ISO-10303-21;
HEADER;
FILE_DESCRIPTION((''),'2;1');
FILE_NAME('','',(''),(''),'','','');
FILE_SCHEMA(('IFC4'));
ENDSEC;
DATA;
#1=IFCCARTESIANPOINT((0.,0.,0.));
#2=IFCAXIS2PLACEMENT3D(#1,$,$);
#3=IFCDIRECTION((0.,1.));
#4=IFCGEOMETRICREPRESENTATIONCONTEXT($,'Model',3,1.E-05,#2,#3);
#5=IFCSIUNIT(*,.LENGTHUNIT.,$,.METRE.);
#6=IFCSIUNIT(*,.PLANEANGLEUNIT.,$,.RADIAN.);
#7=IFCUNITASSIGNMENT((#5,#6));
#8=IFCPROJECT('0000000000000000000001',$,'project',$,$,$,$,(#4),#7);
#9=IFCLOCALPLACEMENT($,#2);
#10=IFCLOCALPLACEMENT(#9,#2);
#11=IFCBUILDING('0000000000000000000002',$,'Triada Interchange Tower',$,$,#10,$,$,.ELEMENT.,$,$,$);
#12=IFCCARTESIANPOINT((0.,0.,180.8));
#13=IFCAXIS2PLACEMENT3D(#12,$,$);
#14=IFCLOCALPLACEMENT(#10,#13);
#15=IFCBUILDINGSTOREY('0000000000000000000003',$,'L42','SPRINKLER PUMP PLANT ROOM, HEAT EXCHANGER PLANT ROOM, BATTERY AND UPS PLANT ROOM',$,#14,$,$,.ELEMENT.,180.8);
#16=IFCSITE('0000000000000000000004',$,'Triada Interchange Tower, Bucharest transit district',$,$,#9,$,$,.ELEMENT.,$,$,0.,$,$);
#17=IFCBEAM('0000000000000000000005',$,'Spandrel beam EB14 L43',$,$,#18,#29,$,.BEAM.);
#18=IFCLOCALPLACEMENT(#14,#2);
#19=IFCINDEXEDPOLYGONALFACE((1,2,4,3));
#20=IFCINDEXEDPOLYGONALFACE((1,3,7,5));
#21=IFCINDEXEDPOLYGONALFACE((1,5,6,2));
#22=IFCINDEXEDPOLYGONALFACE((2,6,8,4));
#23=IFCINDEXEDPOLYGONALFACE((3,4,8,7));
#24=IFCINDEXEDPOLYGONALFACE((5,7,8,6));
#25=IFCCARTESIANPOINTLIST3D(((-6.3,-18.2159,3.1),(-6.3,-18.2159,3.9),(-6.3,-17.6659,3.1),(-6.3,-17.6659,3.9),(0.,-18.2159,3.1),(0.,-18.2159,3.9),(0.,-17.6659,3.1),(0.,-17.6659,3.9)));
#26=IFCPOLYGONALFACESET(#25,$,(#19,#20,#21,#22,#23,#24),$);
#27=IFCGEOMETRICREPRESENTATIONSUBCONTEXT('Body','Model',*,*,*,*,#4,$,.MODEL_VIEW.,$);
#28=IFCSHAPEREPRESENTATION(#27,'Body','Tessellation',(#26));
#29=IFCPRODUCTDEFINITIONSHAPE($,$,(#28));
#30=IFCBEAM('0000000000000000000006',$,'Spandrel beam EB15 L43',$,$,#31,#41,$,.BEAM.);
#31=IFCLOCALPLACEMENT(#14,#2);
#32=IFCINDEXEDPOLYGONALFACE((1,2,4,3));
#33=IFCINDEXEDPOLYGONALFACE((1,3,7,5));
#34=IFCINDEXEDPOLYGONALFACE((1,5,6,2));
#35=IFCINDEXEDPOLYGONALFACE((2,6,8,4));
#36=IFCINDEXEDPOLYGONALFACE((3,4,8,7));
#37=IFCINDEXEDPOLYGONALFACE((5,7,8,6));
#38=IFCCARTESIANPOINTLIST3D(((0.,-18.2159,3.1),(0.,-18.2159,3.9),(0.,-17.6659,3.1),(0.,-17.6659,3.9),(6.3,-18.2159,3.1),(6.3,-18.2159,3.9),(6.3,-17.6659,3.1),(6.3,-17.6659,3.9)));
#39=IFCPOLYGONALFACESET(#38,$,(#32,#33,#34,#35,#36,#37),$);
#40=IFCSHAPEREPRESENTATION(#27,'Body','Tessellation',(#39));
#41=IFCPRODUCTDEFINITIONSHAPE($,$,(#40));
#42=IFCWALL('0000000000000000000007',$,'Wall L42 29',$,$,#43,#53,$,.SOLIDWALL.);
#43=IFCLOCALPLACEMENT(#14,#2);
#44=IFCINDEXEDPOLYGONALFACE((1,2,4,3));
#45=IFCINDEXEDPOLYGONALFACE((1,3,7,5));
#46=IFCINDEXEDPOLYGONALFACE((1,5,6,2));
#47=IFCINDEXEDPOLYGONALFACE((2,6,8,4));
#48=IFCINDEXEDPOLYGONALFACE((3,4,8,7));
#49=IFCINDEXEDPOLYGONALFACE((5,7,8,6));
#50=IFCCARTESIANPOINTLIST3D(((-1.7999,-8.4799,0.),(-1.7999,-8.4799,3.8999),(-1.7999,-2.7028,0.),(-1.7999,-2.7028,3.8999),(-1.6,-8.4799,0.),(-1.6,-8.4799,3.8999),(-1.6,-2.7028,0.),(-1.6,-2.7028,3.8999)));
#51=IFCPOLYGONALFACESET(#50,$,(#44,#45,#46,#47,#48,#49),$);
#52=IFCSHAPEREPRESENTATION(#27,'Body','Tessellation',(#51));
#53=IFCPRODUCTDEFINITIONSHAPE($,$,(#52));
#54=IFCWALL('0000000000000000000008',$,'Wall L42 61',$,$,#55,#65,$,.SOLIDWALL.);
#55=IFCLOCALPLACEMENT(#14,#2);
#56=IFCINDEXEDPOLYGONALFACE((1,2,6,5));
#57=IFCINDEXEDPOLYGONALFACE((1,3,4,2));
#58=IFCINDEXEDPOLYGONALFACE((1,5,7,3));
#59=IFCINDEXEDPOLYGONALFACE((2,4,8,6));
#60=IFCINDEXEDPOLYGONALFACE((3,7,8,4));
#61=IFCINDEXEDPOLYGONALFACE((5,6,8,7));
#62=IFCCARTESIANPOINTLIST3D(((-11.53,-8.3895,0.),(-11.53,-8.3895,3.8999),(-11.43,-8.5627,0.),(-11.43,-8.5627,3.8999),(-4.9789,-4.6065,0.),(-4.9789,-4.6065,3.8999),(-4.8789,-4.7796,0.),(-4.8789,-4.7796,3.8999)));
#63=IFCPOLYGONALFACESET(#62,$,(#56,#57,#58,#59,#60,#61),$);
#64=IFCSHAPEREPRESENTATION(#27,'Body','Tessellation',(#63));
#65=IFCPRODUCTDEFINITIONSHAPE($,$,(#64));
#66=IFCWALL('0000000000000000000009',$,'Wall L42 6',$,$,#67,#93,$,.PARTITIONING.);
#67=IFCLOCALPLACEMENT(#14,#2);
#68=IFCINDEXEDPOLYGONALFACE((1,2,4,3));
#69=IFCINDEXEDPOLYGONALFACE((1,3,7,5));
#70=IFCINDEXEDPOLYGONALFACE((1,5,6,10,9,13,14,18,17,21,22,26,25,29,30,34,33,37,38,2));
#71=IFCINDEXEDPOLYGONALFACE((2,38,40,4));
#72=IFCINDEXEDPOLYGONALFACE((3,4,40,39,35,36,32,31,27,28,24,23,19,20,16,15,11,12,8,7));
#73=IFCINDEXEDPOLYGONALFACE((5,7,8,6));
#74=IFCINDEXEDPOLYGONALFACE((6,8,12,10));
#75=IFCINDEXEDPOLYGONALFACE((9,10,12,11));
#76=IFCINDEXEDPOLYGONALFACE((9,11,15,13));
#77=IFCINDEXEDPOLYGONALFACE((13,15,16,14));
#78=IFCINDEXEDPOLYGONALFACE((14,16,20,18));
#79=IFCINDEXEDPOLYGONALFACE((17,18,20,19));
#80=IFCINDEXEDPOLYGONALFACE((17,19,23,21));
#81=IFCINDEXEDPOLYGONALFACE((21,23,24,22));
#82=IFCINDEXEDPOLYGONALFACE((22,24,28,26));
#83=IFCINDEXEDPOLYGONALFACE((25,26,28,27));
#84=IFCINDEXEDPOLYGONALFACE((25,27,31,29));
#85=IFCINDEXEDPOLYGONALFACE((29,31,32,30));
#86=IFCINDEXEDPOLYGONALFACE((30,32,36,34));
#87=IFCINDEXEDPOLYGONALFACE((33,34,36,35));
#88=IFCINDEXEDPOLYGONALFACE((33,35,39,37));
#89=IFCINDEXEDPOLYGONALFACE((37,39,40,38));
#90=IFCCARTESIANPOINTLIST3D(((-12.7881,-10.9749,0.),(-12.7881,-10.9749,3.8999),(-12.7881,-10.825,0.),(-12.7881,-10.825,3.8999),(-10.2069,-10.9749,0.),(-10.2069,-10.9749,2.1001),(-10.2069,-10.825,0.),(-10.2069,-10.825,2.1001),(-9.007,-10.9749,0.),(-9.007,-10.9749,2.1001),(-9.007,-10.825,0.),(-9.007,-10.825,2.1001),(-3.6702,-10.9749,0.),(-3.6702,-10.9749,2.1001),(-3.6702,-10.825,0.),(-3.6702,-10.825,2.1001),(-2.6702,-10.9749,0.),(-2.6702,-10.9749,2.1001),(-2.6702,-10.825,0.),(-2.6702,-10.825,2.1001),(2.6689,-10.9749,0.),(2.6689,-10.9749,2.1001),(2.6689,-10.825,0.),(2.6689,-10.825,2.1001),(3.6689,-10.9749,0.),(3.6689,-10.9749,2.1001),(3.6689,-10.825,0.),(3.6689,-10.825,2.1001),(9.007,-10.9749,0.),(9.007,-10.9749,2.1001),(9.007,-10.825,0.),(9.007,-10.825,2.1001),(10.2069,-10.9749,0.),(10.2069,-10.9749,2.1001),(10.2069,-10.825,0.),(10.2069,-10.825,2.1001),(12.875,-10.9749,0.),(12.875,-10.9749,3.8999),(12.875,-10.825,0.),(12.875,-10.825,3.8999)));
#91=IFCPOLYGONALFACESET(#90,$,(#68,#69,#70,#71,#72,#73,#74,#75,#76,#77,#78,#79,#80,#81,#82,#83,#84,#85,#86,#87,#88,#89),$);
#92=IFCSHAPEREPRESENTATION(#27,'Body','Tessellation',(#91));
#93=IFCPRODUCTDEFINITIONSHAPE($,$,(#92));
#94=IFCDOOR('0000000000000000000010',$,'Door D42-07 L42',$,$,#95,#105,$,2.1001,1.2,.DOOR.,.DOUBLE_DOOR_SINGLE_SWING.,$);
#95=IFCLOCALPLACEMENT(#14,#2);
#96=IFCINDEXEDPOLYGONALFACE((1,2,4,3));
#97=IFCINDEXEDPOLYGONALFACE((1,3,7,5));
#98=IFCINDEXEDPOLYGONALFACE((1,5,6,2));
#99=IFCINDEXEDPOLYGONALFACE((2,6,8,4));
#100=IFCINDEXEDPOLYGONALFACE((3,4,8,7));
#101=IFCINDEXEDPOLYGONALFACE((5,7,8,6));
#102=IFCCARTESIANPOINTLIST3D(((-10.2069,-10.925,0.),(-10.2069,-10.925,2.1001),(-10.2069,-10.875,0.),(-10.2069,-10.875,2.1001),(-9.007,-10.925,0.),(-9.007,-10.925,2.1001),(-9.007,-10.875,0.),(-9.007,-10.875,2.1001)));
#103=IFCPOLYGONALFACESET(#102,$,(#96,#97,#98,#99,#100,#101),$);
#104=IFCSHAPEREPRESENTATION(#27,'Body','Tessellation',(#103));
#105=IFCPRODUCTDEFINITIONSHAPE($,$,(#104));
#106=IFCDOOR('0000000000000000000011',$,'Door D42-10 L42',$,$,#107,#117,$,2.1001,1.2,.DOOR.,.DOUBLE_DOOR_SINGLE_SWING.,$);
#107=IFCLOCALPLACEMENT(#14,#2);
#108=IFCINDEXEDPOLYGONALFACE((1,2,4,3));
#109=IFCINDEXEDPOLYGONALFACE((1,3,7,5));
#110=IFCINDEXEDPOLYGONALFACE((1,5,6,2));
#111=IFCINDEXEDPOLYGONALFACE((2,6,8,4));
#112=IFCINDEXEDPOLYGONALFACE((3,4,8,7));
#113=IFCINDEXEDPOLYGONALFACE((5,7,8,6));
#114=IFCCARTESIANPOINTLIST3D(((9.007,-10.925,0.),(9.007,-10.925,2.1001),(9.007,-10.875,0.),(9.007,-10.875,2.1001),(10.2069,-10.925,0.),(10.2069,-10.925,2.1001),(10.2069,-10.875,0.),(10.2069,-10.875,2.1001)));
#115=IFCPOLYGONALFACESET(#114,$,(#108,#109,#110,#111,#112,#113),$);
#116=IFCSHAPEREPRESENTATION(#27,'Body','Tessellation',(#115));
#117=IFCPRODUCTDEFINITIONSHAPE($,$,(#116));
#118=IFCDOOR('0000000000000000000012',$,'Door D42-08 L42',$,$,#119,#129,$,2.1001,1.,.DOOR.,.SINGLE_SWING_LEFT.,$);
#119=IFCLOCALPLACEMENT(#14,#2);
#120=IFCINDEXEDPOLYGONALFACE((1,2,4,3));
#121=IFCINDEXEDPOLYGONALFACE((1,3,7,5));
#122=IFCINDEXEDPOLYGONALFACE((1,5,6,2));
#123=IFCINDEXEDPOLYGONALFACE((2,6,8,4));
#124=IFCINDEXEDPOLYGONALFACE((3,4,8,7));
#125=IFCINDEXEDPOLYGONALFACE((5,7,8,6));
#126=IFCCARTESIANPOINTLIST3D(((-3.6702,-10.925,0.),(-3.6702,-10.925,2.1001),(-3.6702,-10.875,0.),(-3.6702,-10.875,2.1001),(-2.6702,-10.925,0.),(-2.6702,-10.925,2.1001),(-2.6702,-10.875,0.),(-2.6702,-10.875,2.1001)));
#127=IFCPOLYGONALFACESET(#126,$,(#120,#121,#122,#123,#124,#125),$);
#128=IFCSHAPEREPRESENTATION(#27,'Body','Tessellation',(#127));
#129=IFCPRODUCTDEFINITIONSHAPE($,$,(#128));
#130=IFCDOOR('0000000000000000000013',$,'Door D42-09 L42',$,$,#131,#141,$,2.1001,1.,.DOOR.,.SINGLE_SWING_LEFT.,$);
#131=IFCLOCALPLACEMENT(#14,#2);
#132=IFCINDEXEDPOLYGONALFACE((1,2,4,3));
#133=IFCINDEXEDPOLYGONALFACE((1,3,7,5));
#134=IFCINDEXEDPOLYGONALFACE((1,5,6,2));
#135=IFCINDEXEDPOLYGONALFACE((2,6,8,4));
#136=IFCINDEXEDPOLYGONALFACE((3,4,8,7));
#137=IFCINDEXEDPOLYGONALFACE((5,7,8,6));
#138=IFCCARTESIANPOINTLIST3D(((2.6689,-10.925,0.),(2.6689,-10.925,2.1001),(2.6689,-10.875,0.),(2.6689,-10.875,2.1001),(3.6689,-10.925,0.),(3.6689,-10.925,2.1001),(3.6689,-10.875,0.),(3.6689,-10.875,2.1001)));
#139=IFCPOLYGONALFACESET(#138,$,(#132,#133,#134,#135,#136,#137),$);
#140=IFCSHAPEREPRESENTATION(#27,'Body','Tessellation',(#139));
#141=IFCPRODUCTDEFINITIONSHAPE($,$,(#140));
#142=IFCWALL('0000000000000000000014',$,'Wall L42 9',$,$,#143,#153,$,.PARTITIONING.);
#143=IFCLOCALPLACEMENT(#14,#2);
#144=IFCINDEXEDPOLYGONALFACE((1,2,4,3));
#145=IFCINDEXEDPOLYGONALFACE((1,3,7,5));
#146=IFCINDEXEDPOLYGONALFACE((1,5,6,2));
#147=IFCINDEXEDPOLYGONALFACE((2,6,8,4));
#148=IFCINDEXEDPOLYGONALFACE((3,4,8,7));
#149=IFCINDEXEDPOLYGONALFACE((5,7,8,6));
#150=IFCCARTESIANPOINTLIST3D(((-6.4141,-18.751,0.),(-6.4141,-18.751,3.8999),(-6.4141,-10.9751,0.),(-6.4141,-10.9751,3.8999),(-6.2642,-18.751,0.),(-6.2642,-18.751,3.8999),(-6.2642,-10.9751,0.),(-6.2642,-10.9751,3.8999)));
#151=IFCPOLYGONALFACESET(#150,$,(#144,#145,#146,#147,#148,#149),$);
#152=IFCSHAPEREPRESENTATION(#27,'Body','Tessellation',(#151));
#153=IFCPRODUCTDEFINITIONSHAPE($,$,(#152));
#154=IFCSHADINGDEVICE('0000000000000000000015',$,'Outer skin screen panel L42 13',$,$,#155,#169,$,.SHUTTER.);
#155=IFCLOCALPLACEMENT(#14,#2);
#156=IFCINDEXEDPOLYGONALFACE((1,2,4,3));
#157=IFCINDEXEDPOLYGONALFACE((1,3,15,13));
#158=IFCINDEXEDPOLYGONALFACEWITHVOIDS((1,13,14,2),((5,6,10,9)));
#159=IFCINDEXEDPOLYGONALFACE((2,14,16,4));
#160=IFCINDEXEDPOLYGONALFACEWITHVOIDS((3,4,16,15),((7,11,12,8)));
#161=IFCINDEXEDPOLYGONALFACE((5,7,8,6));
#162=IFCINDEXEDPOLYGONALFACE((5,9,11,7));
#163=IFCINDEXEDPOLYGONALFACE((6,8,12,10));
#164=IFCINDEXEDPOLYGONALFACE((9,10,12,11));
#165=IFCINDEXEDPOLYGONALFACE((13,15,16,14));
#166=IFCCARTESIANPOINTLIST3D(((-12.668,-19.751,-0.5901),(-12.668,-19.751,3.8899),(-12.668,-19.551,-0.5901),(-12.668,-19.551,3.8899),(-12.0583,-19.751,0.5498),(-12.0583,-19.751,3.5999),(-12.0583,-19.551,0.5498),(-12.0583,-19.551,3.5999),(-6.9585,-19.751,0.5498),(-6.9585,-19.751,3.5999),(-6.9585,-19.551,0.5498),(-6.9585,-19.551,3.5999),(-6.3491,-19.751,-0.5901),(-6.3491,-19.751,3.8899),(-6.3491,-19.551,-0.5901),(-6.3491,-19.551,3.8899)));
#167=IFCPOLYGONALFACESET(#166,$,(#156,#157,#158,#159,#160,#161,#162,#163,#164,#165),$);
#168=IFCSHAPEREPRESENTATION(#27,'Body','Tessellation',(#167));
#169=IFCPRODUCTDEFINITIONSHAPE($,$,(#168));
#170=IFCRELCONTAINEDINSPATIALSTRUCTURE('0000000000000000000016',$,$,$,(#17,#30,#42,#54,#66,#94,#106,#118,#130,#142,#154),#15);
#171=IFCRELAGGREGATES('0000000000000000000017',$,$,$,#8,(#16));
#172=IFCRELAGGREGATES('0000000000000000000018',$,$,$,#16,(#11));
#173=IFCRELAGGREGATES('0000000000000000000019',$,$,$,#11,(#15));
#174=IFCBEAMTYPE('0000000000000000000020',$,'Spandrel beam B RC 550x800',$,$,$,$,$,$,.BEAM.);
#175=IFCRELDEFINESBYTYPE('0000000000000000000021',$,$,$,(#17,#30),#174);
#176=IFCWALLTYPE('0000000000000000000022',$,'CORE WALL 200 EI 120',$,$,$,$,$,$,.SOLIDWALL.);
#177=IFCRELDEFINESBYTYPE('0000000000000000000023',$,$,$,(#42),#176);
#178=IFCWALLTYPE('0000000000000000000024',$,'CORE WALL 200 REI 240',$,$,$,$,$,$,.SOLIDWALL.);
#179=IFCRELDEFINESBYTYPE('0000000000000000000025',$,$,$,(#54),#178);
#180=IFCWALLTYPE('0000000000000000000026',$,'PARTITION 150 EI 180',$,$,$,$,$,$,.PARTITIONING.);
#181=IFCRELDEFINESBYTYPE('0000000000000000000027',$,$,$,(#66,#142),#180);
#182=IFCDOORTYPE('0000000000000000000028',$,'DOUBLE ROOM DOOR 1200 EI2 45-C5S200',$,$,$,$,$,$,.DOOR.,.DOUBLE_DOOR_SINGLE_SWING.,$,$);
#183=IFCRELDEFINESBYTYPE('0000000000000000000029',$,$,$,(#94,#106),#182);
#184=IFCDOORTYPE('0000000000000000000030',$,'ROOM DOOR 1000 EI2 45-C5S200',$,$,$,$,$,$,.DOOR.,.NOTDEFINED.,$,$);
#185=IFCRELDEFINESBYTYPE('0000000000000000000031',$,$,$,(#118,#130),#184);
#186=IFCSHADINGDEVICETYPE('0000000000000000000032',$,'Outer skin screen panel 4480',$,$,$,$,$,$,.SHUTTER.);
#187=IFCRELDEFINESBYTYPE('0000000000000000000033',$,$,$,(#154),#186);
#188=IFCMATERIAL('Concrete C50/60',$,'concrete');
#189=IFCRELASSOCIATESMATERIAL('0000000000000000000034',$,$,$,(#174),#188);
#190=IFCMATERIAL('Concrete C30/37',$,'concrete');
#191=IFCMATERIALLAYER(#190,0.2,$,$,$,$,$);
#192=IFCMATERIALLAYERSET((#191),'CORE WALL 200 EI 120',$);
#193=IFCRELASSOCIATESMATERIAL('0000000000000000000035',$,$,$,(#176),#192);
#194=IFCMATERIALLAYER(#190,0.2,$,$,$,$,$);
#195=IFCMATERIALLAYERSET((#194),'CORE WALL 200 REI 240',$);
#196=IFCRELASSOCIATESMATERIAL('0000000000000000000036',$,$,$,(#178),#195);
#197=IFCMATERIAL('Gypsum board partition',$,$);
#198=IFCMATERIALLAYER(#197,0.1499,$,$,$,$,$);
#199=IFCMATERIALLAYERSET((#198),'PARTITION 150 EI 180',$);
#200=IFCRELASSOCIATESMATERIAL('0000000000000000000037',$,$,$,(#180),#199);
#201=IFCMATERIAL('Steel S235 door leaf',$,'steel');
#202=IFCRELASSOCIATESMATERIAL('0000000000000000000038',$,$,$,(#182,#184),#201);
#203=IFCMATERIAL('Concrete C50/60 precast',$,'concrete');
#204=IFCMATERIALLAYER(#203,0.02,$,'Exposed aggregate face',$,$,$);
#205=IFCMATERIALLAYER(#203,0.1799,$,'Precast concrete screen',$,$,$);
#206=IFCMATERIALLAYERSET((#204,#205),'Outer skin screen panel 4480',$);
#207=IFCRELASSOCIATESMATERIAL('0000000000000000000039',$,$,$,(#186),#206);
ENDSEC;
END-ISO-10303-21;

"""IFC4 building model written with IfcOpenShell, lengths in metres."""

from ifc_helpers import new_model, si_unit, direction, frame, frame_2d, origin, origin_2d, place, context, subcontext, project, spatial, polyline, rectangle, outline, extrude, material, layer, layer_set, material_profile, profile_set, type_object, element, fill, save


model = new_model("IFC4")

# Units and contexts
model_context = context("Model", 3, precision=1e-05, world=origin(), true_north=direction((0.0, 1.0)))
body_context = subcontext(model_context, "Body", "Model", "MODEL_VIEW")
ifc_project = project(units=[si_unit("LENGTHUNIT", "METRE"), si_unit("PLANEANGLEUNIT", "RADIAN")], contexts=[model_context])

# Site, building, storey
site_placement = place(None, origin())
site = spatial("IfcSite", under=ifc_project, at=site_placement, Name="Triada Interchange Tower, Bucharest transit district", CompositionType="ELEMENT", RefElevation=0.0)
building_placement = place(site_placement, origin())
building = spatial("IfcBuilding", under=site, at=building_placement, Name="Triada Interchange Tower", CompositionType="ELEMENT")
storey_placement = place(building_placement, frame((0.0, 0.0, 180.8)))
storey = spatial("IfcBuildingStorey", under=building, at=storey_placement, Name="L42", Description="SPRINKLER PUMP PLANT ROOM, HEAT EXCHANGER PLANT ROOM, BATTERY AND UPS PLANT ROOM", CompositionType="ELEMENT", Elevation=180.8)

# Beams
ifc_material_1 = material(Name="Concrete C50/60", Category="concrete")
ifc_material_profile_1 = material_profile(ifc_material_1, rectangle(XDim=0.55, YDim=0.8, at=origin_2d()), Name="RC 550x800")
ifc_profile_set_1 = profile_set([ifc_material_profile_1], Name="Concrete C50/60")
beam_type_1 = type_object("IfcBeamType", Name="Spandrel beam B RC 550x800", PredefinedType="BEAM", material=ifc_profile_set_1)
for number, where, z_axis, x_axis, name in (
    (1, (-6.3, -17.9409, 3.5), (1.0, 0.0, 0.0), (0.0, 1.0, 0.0), "Spandrel beam EB14 L43"),
    (2, (0.0, -17.9409, 3.5), (1.0, 0.0, 0.0), (0.0, 1.0, 0.0), "Spandrel beam EB15 L43"),
):
    element("IfcBeam", number, at=place(storey_placement, frame(where, z_axis=z_axis, x_axis=x_axis)), inside=storey, type_object=beam_type_1, Name=name, PredefinedType="BEAM", context=body_context, shape_type="SweptSolid", body=[
        extrude(rectangle(XDim=0.55, YDim=0.8, at=origin_2d()), origin(), (0.0, 0.0, 1.0), 6.3),
    ])

# Walls
ifc_material_2 = material(Name="Concrete C30/37", Category="concrete")
ifc_layer_1 = layer(ifc_material_2, 0.2)
ifc_layer_set_1 = layer_set([ifc_layer_1], Name="CORE WALL 200 EI 120")
wall_type_1 = type_object("IfcWallType", Name="CORE WALL 200 EI 120", PredefinedType="SOLIDWALL", material=ifc_layer_set_1)
wall_1_placement = place(storey_placement, frame((-1.7, -8.48, 0.0), z_axis=(0.0, 0.0, 1.0), x_axis=(0.0, 1.0, 0.0)))
element("IfcWall", 3, at=wall_1_placement, inside=storey, type_object=wall_type_1, Name="Wall L42 29", PredefinedType="SOLIDWALL", context=body_context, shape_type="SweptSolid", body=[
    extrude(rectangle(XDim=5.7771, YDim=0.2, at=frame_2d((2.8887, 0.0))), origin(), (0.0, 0.0, 1.0), 3.8999),
])
ifc_layer_2 = layer(ifc_material_2, 0.2)
ifc_layer_set_2 = layer_set([ifc_layer_2], Name="CORE WALL 200 REI 240")
wall_type_2 = type_object("IfcWallType", Name="CORE WALL 200 REI 240", PredefinedType="SOLIDWALL", material=ifc_layer_set_2)
wall_2_placement = place(storey_placement, frame((-11.48, -8.4761, 0.0), z_axis=(0.0, 0.0, 1.0), x_axis=(0.865984, 0.500072, 0.0)))
element("IfcWall", 4, at=wall_2_placement, inside=storey, type_object=wall_type_2, Name="Wall L42 61", PredefinedType="SOLIDWALL", context=body_context, shape_type="SweptSolid", body=[
    extrude(rectangle(XDim=7.5649, YDim=0.2, at=frame_2d((3.7825, 0.0))), origin(), (0.0, 0.0, 1.0), 3.8999),
])

# Wall, openings, doors
ifc_material_3 = material(Name="Steel S235 door leaf", Category="steel")
ifc_material_4 = material(Name="Gypsum board partition")
ifc_layer_3 = layer(ifc_material_4, 0.1499)
ifc_layer_set_3 = layer_set([ifc_layer_3], Name="PARTITION 150 EI 180")
wall_type_3 = type_object("IfcWallType", Name="PARTITION 150 EI 180", PredefinedType="PARTITIONING", material=ifc_layer_set_3)
wall_3_placement = place(storey_placement, frame((-12.7881, -10.8999, 0.0), z_axis=(0.0, 0.0, 1.0), x_axis=(1.0, 0.0, 0.0)))
wall_3 = element("IfcWall", 5, at=wall_3_placement, inside=storey, type_object=wall_type_3, Name="Wall L42 6", PredefinedType="PARTITIONING", context=body_context, shape_type="SweptSolid", body=[
    extrude(rectangle(XDim=25.6631, YDim=0.1499, at=frame_2d((12.8315, 0.0))), origin(), (0.0, 0.0, 1.0), 3.8999),
])
opening_1_placement = place(wall_3_placement, frame((2.5811, 0.0, 0.0)))
opening_1 = element("IfcOpeningElement", 6, at=opening_1_placement, cuts=wall_3, PredefinedType="OPENING", context=body_context, shape_type="SweptSolid", body=[
    extrude(rectangle(XDim=1.2, YDim=2.1001, at=frame_2d((0.6001, 1.05))), frame((0.0, 0.085, 0.0), z_axis=(0.0, -1.0, 0.0), x_axis=(1.0, 0.0, 0.0)), (0.0, 0.0, 1.0), 0.1699),
])
opening_2_placement = place(wall_3_placement, frame((9.1179, 0.0, 0.0)))
opening_2 = element("IfcOpeningElement", 7, at=opening_2_placement, cuts=wall_3, PredefinedType="OPENING", context=body_context, shape_type="SweptSolid", body=[
    extrude(rectangle(XDim=1.0, YDim=2.1001, at=frame_2d((0.5, 1.05))), frame((0.0, 0.085, 0.0), z_axis=(0.0, -1.0, 0.0), x_axis=(1.0, 0.0, 0.0)), (0.0, 0.0, 1.0), 0.1699),
])
opening_3_placement = place(wall_3_placement, frame((15.457, 0.0, 0.0)))
opening_3 = element("IfcOpeningElement", 8, at=opening_3_placement, cuts=wall_3, PredefinedType="OPENING", context=body_context, shape_type="SweptSolid", body=[
    extrude(rectangle(XDim=1.0, YDim=2.1001, at=frame_2d((0.5, 1.05))), frame((0.0, 0.085, 0.0), z_axis=(0.0, -1.0, 0.0), x_axis=(1.0, 0.0, 0.0)), (0.0, 0.0, 1.0), 0.1699),
])
opening_4_placement = place(wall_3_placement, frame((21.7949, 0.0, 0.0)))
opening_4 = element("IfcOpeningElement", 9, at=opening_4_placement, cuts=wall_3, PredefinedType="OPENING", context=body_context, shape_type="SweptSolid", body=[
    extrude(rectangle(XDim=1.2, YDim=2.1001, at=frame_2d((0.6001, 1.05))), frame((0.0, 0.085, 0.0), z_axis=(0.0, -1.0, 0.0), x_axis=(1.0, 0.0, 0.0)), (0.0, 0.0, 1.0), 0.1699),
])
door_type_1 = type_object("IfcDoorType", Name="DOUBLE ROOM DOOR 1200 EI2 45-C5S200", OperationType="DOUBLE_DOOR_SINGLE_SWING", PredefinedType="DOOR", material=ifc_material_3)
door_1_placement = place(opening_1_placement, origin())
door_1 = element("IfcDoor", 10, at=door_1_placement, inside=storey, type_object=door_type_1, Name="Door D42-07 L42", OperationType="DOUBLE_DOOR_SINGLE_SWING", OverallHeight=2.1001, OverallWidth=1.2, PredefinedType="DOOR", context=body_context, shape_type="SweptSolid", body=[
    extrude(rectangle(XDim=1.2, YDim=2.1001, at=frame_2d((0.6001, 1.05))), frame((0.0, 0.0249, 0.0), z_axis=(0.0, -1.0, 0.0), x_axis=(1.0, 0.0, 0.0)), (0.0, 0.0, 1.0), 0.05),
])
fill(opening_1, door_1)
door_2_placement = place(opening_4_placement, origin())
door_2 = element("IfcDoor", 11, at=door_2_placement, inside=storey, type_object=door_type_1, Name="Door D42-10 L42", OperationType="DOUBLE_DOOR_SINGLE_SWING", OverallHeight=2.1001, OverallWidth=1.2, PredefinedType="DOOR", context=body_context, shape_type="SweptSolid", body=[
    extrude(rectangle(XDim=1.2, YDim=2.1001, at=frame_2d((0.6001, 1.05))), frame((0.0, 0.0249, 0.0), z_axis=(0.0, -1.0, 0.0), x_axis=(1.0, 0.0, 0.0)), (0.0, 0.0, 1.0), 0.05),
])
fill(opening_4, door_2)
door_type_2 = type_object("IfcDoorType", Name="ROOM DOOR 1000 EI2 45-C5S200", OperationType="NOTDEFINED", PredefinedType="DOOR", material=ifc_material_3)
door_3_placement = place(opening_2_placement, origin())
door_3 = element("IfcDoor", 12, at=door_3_placement, inside=storey, type_object=door_type_2, Name="Door D42-08 L42", OperationType="SINGLE_SWING_LEFT", OverallHeight=2.1001, OverallWidth=1.0, PredefinedType="DOOR", context=body_context, shape_type="SweptSolid", body=[
    extrude(rectangle(XDim=1.0, YDim=2.1001, at=frame_2d((0.5, 1.05))), frame((0.0, 0.0249, 0.0), z_axis=(0.0, -1.0, 0.0), x_axis=(1.0, 0.0, 0.0)), (0.0, 0.0, 1.0), 0.05),
])
fill(opening_2, door_3)
door_4_placement = place(opening_3_placement, origin())
door_4 = element("IfcDoor", 13, at=door_4_placement, inside=storey, type_object=door_type_2, Name="Door D42-09 L42", OperationType="SINGLE_SWING_LEFT", OverallHeight=2.1001, OverallWidth=1.0, PredefinedType="DOOR", context=body_context, shape_type="SweptSolid", body=[
    extrude(rectangle(XDim=1.0, YDim=2.1001, at=frame_2d((0.5, 1.05))), frame((0.0, 0.0249, 0.0), z_axis=(0.0, -1.0, 0.0), x_axis=(1.0, 0.0, 0.0)), (0.0, 0.0, 1.0), 0.05),
])
fill(opening_3, door_4)

# Wall
wall_4_placement = place(storey_placement, frame((-6.3391, -18.751, 0.0), z_axis=(0.0, 0.0, 1.0), x_axis=(0.0, 1.0, 0.0)))
element("IfcWall", 14, at=wall_4_placement, inside=storey, type_object=wall_type_3, Name="Wall L42 9", PredefinedType="PARTITIONING", context=body_context, shape_type="SweptSolid", body=[
    extrude(rectangle(XDim=7.7759, YDim=0.1499, at=frame_2d((3.8879, 0.0))), origin(), (0.0, 0.0, 1.0), 3.8999),
])

# Shading device
ifc_material_5 = material(Name="Concrete C50/60 precast", Category="concrete")
ifc_layer_4 = layer(ifc_material_5, 0.02, Name="Exposed aggregate face")
ifc_layer_5 = layer(ifc_material_5, 0.1799, Name="Precast concrete screen")
ifc_layer_set_4 = layer_set([ifc_layer_4, ifc_layer_5], Name="Outer skin screen panel 4480")
shading_device_type = type_object("IfcShadingDeviceType", Name="Outer skin screen panel 4480", PredefinedType="SHUTTER", material=ifc_layer_set_4)
shading_device_1_placement = place(storey_placement, frame((-12.668, -19.551, -0.5901), z_axis=(0.0, 0.0, 1.0), x_axis=(1.0, 0.0, 0.0)))
element("IfcShadingDevice", 15, at=shading_device_1_placement, inside=storey, type_object=shading_device_type, Name="Outer skin screen panel L42 13", PredefinedType="SHUTTER", context=body_context, shape_type="SweptSolid", body=[
    extrude(outline(polyline([(0.0, 0.0), (6.3188, 0.0), (6.3188, 4.48), (0.0, 4.48), (0.0, 0.0)]), holes=[polyline([(0.6096, 1.1399), (0.6096, 4.1899), (5.7095, 4.1899), (5.7095, 1.1399), (0.6096, 1.1399)])]), frame((0.0, 0.0, 0.0), z_axis=(0.0, -1.0, 0.0), x_axis=(1.0, 0.0, 0.0)), (0.0, 0.0, 1.0), 0.2),
])

save(model, "model.ifc")
